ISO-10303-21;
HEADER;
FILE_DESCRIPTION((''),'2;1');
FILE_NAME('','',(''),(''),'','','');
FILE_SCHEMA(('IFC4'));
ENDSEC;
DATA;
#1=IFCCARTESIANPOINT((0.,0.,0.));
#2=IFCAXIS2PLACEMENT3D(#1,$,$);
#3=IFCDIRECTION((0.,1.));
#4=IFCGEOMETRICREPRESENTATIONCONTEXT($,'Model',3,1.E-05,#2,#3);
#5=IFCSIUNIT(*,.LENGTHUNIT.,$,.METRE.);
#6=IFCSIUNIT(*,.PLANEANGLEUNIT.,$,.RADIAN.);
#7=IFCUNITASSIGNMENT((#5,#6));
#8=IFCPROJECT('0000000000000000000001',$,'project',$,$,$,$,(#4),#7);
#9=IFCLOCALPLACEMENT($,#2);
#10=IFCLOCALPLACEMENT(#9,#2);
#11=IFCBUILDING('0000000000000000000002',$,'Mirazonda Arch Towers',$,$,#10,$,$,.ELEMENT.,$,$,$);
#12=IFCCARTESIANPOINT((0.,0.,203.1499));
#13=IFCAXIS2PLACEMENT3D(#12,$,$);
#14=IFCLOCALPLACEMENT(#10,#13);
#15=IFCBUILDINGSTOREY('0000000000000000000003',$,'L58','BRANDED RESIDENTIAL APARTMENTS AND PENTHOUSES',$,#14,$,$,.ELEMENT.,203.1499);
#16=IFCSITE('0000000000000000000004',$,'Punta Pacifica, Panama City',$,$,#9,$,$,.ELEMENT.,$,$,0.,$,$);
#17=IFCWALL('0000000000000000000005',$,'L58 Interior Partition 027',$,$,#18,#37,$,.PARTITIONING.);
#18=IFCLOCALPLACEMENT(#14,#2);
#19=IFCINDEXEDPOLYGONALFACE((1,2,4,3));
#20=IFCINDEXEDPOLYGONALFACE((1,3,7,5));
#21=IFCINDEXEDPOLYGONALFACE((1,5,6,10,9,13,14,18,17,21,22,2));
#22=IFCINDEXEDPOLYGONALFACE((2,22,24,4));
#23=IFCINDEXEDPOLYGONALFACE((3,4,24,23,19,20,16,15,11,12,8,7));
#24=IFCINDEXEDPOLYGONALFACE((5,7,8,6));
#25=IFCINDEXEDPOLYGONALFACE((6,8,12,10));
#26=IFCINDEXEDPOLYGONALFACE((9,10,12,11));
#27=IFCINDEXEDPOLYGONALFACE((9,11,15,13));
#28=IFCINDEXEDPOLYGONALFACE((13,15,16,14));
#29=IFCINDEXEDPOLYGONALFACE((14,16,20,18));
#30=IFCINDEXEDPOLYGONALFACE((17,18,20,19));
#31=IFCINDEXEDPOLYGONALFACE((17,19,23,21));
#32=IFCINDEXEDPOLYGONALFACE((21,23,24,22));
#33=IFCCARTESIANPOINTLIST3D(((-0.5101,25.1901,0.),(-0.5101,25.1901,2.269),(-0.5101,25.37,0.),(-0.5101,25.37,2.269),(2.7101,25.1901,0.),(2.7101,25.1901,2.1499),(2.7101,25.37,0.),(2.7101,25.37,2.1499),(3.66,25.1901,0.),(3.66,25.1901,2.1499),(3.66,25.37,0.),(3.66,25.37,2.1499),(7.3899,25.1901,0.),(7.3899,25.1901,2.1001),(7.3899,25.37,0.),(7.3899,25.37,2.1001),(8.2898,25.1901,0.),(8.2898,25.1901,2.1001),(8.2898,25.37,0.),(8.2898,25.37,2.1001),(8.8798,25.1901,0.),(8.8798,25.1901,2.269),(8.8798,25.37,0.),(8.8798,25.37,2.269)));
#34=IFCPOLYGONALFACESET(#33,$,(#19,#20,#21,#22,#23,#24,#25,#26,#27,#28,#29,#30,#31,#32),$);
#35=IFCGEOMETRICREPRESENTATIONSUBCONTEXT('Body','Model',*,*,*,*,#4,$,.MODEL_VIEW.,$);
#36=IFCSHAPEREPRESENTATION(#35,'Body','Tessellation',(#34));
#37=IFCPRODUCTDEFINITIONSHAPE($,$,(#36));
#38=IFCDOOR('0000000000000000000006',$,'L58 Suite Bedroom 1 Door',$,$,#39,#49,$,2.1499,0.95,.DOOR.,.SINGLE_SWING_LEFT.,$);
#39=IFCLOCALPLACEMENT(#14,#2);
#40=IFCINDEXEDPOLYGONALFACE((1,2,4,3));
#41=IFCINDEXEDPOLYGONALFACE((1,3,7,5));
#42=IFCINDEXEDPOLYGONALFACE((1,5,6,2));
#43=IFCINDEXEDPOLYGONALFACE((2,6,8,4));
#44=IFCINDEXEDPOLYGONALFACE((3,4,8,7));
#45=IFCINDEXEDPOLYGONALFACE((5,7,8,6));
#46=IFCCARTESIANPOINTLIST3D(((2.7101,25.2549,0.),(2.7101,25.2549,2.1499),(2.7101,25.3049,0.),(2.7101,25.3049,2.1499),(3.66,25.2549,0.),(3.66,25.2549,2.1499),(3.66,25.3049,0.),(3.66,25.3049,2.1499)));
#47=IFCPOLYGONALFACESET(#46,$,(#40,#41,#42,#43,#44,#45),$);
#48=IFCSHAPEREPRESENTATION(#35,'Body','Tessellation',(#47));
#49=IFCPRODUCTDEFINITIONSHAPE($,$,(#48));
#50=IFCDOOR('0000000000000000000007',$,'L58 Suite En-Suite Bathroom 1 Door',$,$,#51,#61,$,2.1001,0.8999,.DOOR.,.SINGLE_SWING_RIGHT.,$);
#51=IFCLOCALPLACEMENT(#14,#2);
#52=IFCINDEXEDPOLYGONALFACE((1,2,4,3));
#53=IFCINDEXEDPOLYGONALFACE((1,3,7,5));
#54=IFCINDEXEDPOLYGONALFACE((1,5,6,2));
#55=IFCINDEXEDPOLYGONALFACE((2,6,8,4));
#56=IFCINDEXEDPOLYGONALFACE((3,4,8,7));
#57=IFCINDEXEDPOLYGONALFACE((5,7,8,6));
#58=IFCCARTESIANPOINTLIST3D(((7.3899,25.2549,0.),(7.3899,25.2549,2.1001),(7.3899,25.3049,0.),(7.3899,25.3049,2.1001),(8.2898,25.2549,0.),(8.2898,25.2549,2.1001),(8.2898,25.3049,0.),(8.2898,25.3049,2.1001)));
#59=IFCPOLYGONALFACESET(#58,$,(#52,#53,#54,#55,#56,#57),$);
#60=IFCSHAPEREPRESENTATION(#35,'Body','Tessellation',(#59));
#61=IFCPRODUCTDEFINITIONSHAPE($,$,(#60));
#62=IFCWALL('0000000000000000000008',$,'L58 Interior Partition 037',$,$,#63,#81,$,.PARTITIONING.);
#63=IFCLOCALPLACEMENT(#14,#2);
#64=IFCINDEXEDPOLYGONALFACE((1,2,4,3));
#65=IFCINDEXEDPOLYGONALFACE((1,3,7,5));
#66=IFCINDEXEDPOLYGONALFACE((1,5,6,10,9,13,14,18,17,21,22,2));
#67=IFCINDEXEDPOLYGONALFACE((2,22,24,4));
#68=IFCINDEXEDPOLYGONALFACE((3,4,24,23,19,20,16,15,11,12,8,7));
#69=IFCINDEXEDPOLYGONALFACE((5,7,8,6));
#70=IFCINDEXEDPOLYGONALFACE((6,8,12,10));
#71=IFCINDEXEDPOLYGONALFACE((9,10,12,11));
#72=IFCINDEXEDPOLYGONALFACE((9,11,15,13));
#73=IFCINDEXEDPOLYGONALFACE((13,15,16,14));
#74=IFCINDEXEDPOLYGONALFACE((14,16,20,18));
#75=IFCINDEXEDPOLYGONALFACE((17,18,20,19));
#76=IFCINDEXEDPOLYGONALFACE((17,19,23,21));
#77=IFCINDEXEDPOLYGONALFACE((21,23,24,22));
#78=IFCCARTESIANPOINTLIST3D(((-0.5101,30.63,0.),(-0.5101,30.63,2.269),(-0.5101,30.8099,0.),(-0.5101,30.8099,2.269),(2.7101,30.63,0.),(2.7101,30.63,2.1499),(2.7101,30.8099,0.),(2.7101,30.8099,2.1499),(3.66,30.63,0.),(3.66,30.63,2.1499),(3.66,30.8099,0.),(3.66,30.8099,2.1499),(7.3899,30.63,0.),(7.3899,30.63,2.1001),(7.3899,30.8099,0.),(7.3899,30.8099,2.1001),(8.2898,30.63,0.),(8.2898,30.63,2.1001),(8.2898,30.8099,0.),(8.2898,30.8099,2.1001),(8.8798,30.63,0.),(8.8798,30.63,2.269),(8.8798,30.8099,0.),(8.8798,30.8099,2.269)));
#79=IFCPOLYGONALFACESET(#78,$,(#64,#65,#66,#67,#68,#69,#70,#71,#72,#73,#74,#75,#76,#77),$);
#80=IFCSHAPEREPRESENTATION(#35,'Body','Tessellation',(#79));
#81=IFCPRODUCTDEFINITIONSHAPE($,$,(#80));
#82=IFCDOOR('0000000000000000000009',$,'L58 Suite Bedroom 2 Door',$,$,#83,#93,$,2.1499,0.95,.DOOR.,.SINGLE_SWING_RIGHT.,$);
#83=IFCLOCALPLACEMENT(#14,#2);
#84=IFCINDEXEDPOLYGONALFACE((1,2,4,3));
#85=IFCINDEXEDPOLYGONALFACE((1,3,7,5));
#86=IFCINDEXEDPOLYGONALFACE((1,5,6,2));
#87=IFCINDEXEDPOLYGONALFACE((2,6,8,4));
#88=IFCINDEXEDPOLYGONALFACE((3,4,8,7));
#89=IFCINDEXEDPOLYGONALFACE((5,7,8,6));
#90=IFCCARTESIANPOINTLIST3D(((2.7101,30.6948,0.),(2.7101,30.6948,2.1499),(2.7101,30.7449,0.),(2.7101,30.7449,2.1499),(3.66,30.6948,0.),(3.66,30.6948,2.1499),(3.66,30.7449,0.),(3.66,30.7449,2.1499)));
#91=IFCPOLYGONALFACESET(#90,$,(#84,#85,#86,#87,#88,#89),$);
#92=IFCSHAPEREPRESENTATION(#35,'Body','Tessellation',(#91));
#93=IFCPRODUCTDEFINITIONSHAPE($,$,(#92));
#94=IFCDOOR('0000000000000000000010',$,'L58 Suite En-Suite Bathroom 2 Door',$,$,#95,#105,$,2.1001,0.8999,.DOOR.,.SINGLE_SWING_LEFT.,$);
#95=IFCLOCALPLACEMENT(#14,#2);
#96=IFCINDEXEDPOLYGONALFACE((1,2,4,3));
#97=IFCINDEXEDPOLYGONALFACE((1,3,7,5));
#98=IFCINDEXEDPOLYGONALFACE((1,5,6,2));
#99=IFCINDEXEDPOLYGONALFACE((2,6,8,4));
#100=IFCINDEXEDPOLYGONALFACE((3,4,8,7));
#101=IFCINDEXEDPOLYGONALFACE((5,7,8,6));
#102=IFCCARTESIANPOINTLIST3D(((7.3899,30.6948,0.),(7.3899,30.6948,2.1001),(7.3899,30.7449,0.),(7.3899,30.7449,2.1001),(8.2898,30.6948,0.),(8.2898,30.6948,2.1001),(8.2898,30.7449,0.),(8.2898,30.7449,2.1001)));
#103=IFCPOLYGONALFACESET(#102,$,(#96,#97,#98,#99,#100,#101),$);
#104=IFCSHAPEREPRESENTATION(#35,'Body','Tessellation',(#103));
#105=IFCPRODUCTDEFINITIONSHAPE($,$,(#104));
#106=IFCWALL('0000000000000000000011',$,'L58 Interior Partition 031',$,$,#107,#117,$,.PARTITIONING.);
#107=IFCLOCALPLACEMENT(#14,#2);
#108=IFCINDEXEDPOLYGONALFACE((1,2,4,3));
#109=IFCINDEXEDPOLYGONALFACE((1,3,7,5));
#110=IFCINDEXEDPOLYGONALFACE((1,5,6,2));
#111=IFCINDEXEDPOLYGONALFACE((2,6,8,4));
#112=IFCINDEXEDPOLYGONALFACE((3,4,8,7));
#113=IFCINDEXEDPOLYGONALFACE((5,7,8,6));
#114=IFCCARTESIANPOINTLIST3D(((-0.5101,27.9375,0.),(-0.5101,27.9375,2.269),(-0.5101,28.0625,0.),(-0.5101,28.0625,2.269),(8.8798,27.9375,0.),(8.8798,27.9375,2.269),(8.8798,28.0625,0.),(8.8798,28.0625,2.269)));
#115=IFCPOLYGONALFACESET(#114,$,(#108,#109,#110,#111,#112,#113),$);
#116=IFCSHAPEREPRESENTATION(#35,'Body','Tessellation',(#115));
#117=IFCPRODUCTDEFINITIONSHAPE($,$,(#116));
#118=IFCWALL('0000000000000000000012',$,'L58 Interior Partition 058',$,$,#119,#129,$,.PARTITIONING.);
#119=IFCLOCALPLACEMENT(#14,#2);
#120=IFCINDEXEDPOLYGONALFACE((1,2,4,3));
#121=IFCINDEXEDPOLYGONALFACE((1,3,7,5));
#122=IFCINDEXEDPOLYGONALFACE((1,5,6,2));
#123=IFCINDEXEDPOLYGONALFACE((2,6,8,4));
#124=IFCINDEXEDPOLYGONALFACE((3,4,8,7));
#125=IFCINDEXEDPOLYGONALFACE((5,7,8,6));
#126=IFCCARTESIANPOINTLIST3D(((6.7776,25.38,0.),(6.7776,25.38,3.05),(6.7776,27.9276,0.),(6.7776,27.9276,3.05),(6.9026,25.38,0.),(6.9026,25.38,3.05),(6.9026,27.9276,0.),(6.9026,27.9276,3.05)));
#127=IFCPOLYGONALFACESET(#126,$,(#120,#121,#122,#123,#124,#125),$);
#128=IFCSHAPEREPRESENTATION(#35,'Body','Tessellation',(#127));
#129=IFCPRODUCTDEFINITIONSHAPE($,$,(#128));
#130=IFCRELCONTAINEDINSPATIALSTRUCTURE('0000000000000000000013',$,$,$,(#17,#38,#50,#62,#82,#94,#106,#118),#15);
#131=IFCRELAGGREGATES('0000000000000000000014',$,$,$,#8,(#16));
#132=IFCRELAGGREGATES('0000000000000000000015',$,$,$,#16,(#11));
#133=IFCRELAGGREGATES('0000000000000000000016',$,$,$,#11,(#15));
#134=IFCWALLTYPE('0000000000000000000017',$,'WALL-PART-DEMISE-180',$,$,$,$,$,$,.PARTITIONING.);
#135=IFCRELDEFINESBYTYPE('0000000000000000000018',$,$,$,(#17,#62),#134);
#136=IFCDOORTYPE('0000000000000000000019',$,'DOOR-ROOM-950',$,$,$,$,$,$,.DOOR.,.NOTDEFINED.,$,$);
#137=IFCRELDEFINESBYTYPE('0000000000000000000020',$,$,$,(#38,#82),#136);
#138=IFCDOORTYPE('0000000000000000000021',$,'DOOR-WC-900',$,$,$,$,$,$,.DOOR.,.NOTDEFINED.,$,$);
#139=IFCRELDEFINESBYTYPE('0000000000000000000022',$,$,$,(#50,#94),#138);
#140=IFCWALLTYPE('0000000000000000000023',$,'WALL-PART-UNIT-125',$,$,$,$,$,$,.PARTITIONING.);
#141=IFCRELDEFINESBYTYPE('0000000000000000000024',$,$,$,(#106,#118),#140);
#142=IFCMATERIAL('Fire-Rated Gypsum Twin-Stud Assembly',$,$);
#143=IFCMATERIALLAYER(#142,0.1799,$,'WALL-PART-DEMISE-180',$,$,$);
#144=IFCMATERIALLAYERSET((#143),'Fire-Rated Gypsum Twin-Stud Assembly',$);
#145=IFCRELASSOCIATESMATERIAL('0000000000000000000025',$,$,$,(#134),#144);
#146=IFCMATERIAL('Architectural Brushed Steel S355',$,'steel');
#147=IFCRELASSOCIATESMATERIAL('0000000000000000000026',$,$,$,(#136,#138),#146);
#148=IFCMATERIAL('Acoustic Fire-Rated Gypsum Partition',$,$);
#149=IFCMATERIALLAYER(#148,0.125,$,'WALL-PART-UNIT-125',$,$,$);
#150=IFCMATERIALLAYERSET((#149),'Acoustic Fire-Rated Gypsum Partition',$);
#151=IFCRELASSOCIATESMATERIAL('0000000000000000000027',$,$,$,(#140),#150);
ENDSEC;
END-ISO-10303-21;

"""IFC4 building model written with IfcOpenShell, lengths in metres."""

from ifc_helpers import new_model, si_unit, direction, frame, frame_2d, origin, place, context, subcontext, project, spatial, rectangle, extrude, material, layer, layer_set, type_object, element, fill, save


model = new_model("IFC4")

# Units and contexts
model_context = context("Model", 3, precision=1e-05, world=origin(), true_north=direction((0.0, 1.0)))
body_context = subcontext(model_context, "Body", "Model", "MODEL_VIEW")
ifc_project = project(units=[si_unit("LENGTHUNIT", "METRE"), si_unit("PLANEANGLEUNIT", "RADIAN")], contexts=[model_context])

# Site, building, storey
site_placement = place(None, origin())
site = spatial("IfcSite", under=ifc_project, at=site_placement, Name="Punta Pacifica, Panama City", CompositionType="ELEMENT", RefElevation=0.0)
building_placement = place(site_placement, origin())
building = spatial("IfcBuilding", under=site, at=building_placement, Name="Mirazonda Arch Towers", CompositionType="ELEMENT")
storey_placement = place(building_placement, frame((0.0, 0.0, 203.1499)))
storey = spatial("IfcBuildingStorey", under=building, at=storey_placement, Name="L58", Description="BRANDED RESIDENTIAL APARTMENTS AND PENTHOUSES", CompositionType="ELEMENT", Elevation=203.1499)

# Walls, openings, doors
ifc_material_1 = material(Name="Fire-Rated Gypsum Twin-Stud Assembly")
ifc_layer_1 = layer(ifc_material_1, 0.1799, Name="WALL-PART-DEMISE-180")
ifc_layer_set_1 = layer_set([ifc_layer_1], Name="Fire-Rated Gypsum Twin-Stud Assembly")
wall_type_1 = type_object("IfcWallType", Name="WALL-PART-DEMISE-180", PredefinedType="PARTITIONING", material=ifc_layer_set_1)
wall_1_placement = place(storey_placement, frame((-0.51, 25.28, 0.0), z_axis=(0.0, 0.0, 1.0), x_axis=(1.0, 0.0, 0.0)))
wall_1 = element("IfcWall", 1, at=wall_1_placement, inside=storey, type_object=wall_type_1, Name="L58 Interior Partition 027", PredefinedType="PARTITIONING", context=body_context, shape_type="SweptSolid", body=[
    extrude(rectangle(XDim=9.3899, YDim=0.1799, at=frame_2d((4.6948, 0.0))), origin(), (0.0, 0.0, 1.0), 2.269),
])
opening_1_placement = place(wall_1_placement, frame((3.22, 0.0, 0.0)))
opening_1 = element("IfcOpeningElement", 2, at=opening_1_placement, cuts=wall_1, PredefinedType="OPENING", context=body_context, shape_type="SweptSolid", body=[
    extrude(rectangle(XDim=0.95, YDim=2.1499, at=frame_2d((0.4751, 1.075))), frame((0.0, 0.0999, 0.0), z_axis=(0.0, -1.0, 0.0), x_axis=(1.0, 0.0, 0.0)), (0.0, 0.0, 1.0), 0.2),
])
opening_2_placement = place(wall_1_placement, frame((7.8999, 0.0, 0.0)))
opening_2 = element("IfcOpeningElement", 3, at=opening_2_placement, cuts=wall_1, PredefinedType="OPENING", context=body_context, shape_type="SweptSolid", body=[
    extrude(rectangle(XDim=0.8999, YDim=2.1001, at=frame_2d((0.45, 1.05))), frame((0.0, 0.0999, 0.0), z_axis=(0.0, -1.0, 0.0), x_axis=(1.0, 0.0, 0.0)), (0.0, 0.0, 1.0), 0.2),
])
ifc_material_2 = material(Name="Architectural Brushed Steel S355", Category="steel")
door_type_1 = type_object("IfcDoorType", Name="DOOR-ROOM-950", OperationType="NOTDEFINED", PredefinedType="DOOR", material=ifc_material_2)
door_1_placement = place(opening_1_placement, origin())
door_1 = element("IfcDoor", 4, at=door_1_placement, inside=storey, type_object=door_type_1, Name="L58 Suite Bedroom 1 Door", OperationType="SINGLE_SWING_LEFT", OverallHeight=2.1499, OverallWidth=0.95, PredefinedType="DOOR", context=body_context, shape_type="SweptSolid", body=[
    extrude(rectangle(XDim=0.95, YDim=2.1499, at=frame_2d((0.4751, 1.075))), frame((0.0, 0.0249, 0.0), z_axis=(0.0, -1.0, 0.0), x_axis=(1.0, 0.0, 0.0)), (0.0, 0.0, 1.0), 0.05),
])
fill(opening_1, door_1)
door_type_2 = type_object("IfcDoorType", Name="DOOR-WC-900", OperationType="NOTDEFINED", PredefinedType="DOOR", material=ifc_material_2)
door_2_placement = place(opening_2_placement, origin())
door_2 = element("IfcDoor", 5, at=door_2_placement, inside=storey, type_object=door_type_2, Name="L58 Suite En-Suite Bathroom 1 Door", OperationType="SINGLE_SWING_RIGHT", OverallHeight=2.1001, OverallWidth=0.8999, PredefinedType="DOOR", context=body_context, shape_type="SweptSolid", body=[
    extrude(rectangle(XDim=0.8999, YDim=2.1001, at=frame_2d((0.45, 1.05))), frame((0.0, 0.0249, 0.0), z_axis=(0.0, -1.0, 0.0), x_axis=(1.0, 0.0, 0.0)), (0.0, 0.0, 1.0), 0.05),
])
fill(opening_2, door_2)
wall_2_placement = place(storey_placement, frame((-0.51, 30.72, 0.0), z_axis=(0.0, 0.0, 1.0), x_axis=(1.0, 0.0, 0.0)))
wall_2 = element("IfcWall", 6, at=wall_2_placement, inside=storey, type_object=wall_type_1, Name="L58 Interior Partition 037", PredefinedType="PARTITIONING", context=body_context, shape_type="SweptSolid", body=[
    extrude(rectangle(XDim=9.3899, YDim=0.1799, at=frame_2d((4.6948, 0.0))), origin(), (0.0, 0.0, 1.0), 2.269),
])
opening_3_placement = place(wall_2_placement, frame((3.22, 0.0, 0.0)))
opening_3 = element("IfcOpeningElement", 7, at=opening_3_placement, cuts=wall_2, PredefinedType="OPENING", context=body_context, shape_type="SweptSolid", body=[
    extrude(rectangle(XDim=0.95, YDim=2.1499, at=frame_2d((0.4751, 1.075))), frame((0.0, 0.0999, 0.0), z_axis=(0.0, -1.0, 0.0), x_axis=(1.0, 0.0, 0.0)), (0.0, 0.0, 1.0), 0.2),
])
opening_4_placement = place(wall_2_placement, frame((7.8999, 0.0, 0.0)))
opening_4 = element("IfcOpeningElement", 8, at=opening_4_placement, cuts=wall_2, PredefinedType="OPENING", context=body_context, shape_type="SweptSolid", body=[
    extrude(rectangle(XDim=0.8999, YDim=2.1001, at=frame_2d((0.45, 1.05))), frame((0.0, 0.0999, 0.0), z_axis=(0.0, -1.0, 0.0), x_axis=(1.0, 0.0, 0.0)), (0.0, 0.0, 1.0), 0.2),
])
door_3_placement = place(opening_3_placement, origin())
door_3 = element("IfcDoor", 9, at=door_3_placement, inside=storey, type_object=door_type_1, Name="L58 Suite Bedroom 2 Door", OperationType="SINGLE_SWING_RIGHT", OverallHeight=2.1499, OverallWidth=0.95, PredefinedType="DOOR", context=body_context, shape_type="SweptSolid", body=[
    extrude(rectangle(XDim=0.95, YDim=2.1499, at=frame_2d((0.4751, 1.075))), frame((0.0, 0.0249, 0.0), z_axis=(0.0, -1.0, 0.0), x_axis=(1.0, 0.0, 0.0)), (0.0, 0.0, 1.0), 0.05),
])
fill(opening_3, door_3)
door_4_placement = place(opening_4_placement, origin())
door_4 = element("IfcDoor", 10, at=door_4_placement, inside=storey, type_object=door_type_2, Name="L58 Suite En-Suite Bathroom 2 Door", OperationType="SINGLE_SWING_LEFT", OverallHeight=2.1001, OverallWidth=0.8999, PredefinedType="DOOR", context=body_context, shape_type="SweptSolid", body=[
    extrude(rectangle(XDim=0.8999, YDim=2.1001, at=frame_2d((0.45, 1.05))), frame((0.0, 0.0249, 0.0), z_axis=(0.0, -1.0, 0.0), x_axis=(1.0, 0.0, 0.0)), (0.0, 0.0, 1.0), 0.05),
])
fill(opening_4, door_4)

# Walls
ifc_material_3 = material(Name="Acoustic Fire-Rated Gypsum Partition")
ifc_layer_2 = layer(ifc_material_3, 0.125, Name="WALL-PART-UNIT-125")
ifc_layer_set_2 = layer_set([ifc_layer_2], Name="Acoustic Fire-Rated Gypsum Partition")
wall_type_2 = type_object("IfcWallType", Name="WALL-PART-UNIT-125", PredefinedType="PARTITIONING", material=ifc_layer_set_2)
wall_3_placement = place(storey_placement, frame((-0.51, 28.0, 0.0), z_axis=(0.0, 0.0, 1.0), x_axis=(1.0, 0.0, 0.0)))
element("IfcWall", 11, at=wall_3_placement, inside=storey, type_object=wall_type_2, Name="L58 Interior Partition 031", PredefinedType="PARTITIONING", context=body_context, shape_type="SweptSolid", body=[
    extrude(rectangle(XDim=9.3899, YDim=0.125, at=frame_2d((4.6948, 0.0))), origin(), (0.0, 0.0, 1.0), 2.269),
])
wall_4_placement = place(storey_placement, frame((6.8401, 25.3799, 0.0), z_axis=(0.0, 0.0, 1.0), x_axis=(0.0, 1.0, 0.0)))
element("IfcWall", 12, at=wall_4_placement, inside=storey, type_object=wall_type_2, Name="L58 Interior Partition 058", PredefinedType="PARTITIONING", context=body_context, shape_type="SweptSolid", body=[
    extrude(rectangle(XDim=2.5476, YDim=0.125, at=frame_2d((1.2739, 0.0))), origin(), (0.0, 0.0, 1.0), 3.05),
])

save(model, "model.ifc")
